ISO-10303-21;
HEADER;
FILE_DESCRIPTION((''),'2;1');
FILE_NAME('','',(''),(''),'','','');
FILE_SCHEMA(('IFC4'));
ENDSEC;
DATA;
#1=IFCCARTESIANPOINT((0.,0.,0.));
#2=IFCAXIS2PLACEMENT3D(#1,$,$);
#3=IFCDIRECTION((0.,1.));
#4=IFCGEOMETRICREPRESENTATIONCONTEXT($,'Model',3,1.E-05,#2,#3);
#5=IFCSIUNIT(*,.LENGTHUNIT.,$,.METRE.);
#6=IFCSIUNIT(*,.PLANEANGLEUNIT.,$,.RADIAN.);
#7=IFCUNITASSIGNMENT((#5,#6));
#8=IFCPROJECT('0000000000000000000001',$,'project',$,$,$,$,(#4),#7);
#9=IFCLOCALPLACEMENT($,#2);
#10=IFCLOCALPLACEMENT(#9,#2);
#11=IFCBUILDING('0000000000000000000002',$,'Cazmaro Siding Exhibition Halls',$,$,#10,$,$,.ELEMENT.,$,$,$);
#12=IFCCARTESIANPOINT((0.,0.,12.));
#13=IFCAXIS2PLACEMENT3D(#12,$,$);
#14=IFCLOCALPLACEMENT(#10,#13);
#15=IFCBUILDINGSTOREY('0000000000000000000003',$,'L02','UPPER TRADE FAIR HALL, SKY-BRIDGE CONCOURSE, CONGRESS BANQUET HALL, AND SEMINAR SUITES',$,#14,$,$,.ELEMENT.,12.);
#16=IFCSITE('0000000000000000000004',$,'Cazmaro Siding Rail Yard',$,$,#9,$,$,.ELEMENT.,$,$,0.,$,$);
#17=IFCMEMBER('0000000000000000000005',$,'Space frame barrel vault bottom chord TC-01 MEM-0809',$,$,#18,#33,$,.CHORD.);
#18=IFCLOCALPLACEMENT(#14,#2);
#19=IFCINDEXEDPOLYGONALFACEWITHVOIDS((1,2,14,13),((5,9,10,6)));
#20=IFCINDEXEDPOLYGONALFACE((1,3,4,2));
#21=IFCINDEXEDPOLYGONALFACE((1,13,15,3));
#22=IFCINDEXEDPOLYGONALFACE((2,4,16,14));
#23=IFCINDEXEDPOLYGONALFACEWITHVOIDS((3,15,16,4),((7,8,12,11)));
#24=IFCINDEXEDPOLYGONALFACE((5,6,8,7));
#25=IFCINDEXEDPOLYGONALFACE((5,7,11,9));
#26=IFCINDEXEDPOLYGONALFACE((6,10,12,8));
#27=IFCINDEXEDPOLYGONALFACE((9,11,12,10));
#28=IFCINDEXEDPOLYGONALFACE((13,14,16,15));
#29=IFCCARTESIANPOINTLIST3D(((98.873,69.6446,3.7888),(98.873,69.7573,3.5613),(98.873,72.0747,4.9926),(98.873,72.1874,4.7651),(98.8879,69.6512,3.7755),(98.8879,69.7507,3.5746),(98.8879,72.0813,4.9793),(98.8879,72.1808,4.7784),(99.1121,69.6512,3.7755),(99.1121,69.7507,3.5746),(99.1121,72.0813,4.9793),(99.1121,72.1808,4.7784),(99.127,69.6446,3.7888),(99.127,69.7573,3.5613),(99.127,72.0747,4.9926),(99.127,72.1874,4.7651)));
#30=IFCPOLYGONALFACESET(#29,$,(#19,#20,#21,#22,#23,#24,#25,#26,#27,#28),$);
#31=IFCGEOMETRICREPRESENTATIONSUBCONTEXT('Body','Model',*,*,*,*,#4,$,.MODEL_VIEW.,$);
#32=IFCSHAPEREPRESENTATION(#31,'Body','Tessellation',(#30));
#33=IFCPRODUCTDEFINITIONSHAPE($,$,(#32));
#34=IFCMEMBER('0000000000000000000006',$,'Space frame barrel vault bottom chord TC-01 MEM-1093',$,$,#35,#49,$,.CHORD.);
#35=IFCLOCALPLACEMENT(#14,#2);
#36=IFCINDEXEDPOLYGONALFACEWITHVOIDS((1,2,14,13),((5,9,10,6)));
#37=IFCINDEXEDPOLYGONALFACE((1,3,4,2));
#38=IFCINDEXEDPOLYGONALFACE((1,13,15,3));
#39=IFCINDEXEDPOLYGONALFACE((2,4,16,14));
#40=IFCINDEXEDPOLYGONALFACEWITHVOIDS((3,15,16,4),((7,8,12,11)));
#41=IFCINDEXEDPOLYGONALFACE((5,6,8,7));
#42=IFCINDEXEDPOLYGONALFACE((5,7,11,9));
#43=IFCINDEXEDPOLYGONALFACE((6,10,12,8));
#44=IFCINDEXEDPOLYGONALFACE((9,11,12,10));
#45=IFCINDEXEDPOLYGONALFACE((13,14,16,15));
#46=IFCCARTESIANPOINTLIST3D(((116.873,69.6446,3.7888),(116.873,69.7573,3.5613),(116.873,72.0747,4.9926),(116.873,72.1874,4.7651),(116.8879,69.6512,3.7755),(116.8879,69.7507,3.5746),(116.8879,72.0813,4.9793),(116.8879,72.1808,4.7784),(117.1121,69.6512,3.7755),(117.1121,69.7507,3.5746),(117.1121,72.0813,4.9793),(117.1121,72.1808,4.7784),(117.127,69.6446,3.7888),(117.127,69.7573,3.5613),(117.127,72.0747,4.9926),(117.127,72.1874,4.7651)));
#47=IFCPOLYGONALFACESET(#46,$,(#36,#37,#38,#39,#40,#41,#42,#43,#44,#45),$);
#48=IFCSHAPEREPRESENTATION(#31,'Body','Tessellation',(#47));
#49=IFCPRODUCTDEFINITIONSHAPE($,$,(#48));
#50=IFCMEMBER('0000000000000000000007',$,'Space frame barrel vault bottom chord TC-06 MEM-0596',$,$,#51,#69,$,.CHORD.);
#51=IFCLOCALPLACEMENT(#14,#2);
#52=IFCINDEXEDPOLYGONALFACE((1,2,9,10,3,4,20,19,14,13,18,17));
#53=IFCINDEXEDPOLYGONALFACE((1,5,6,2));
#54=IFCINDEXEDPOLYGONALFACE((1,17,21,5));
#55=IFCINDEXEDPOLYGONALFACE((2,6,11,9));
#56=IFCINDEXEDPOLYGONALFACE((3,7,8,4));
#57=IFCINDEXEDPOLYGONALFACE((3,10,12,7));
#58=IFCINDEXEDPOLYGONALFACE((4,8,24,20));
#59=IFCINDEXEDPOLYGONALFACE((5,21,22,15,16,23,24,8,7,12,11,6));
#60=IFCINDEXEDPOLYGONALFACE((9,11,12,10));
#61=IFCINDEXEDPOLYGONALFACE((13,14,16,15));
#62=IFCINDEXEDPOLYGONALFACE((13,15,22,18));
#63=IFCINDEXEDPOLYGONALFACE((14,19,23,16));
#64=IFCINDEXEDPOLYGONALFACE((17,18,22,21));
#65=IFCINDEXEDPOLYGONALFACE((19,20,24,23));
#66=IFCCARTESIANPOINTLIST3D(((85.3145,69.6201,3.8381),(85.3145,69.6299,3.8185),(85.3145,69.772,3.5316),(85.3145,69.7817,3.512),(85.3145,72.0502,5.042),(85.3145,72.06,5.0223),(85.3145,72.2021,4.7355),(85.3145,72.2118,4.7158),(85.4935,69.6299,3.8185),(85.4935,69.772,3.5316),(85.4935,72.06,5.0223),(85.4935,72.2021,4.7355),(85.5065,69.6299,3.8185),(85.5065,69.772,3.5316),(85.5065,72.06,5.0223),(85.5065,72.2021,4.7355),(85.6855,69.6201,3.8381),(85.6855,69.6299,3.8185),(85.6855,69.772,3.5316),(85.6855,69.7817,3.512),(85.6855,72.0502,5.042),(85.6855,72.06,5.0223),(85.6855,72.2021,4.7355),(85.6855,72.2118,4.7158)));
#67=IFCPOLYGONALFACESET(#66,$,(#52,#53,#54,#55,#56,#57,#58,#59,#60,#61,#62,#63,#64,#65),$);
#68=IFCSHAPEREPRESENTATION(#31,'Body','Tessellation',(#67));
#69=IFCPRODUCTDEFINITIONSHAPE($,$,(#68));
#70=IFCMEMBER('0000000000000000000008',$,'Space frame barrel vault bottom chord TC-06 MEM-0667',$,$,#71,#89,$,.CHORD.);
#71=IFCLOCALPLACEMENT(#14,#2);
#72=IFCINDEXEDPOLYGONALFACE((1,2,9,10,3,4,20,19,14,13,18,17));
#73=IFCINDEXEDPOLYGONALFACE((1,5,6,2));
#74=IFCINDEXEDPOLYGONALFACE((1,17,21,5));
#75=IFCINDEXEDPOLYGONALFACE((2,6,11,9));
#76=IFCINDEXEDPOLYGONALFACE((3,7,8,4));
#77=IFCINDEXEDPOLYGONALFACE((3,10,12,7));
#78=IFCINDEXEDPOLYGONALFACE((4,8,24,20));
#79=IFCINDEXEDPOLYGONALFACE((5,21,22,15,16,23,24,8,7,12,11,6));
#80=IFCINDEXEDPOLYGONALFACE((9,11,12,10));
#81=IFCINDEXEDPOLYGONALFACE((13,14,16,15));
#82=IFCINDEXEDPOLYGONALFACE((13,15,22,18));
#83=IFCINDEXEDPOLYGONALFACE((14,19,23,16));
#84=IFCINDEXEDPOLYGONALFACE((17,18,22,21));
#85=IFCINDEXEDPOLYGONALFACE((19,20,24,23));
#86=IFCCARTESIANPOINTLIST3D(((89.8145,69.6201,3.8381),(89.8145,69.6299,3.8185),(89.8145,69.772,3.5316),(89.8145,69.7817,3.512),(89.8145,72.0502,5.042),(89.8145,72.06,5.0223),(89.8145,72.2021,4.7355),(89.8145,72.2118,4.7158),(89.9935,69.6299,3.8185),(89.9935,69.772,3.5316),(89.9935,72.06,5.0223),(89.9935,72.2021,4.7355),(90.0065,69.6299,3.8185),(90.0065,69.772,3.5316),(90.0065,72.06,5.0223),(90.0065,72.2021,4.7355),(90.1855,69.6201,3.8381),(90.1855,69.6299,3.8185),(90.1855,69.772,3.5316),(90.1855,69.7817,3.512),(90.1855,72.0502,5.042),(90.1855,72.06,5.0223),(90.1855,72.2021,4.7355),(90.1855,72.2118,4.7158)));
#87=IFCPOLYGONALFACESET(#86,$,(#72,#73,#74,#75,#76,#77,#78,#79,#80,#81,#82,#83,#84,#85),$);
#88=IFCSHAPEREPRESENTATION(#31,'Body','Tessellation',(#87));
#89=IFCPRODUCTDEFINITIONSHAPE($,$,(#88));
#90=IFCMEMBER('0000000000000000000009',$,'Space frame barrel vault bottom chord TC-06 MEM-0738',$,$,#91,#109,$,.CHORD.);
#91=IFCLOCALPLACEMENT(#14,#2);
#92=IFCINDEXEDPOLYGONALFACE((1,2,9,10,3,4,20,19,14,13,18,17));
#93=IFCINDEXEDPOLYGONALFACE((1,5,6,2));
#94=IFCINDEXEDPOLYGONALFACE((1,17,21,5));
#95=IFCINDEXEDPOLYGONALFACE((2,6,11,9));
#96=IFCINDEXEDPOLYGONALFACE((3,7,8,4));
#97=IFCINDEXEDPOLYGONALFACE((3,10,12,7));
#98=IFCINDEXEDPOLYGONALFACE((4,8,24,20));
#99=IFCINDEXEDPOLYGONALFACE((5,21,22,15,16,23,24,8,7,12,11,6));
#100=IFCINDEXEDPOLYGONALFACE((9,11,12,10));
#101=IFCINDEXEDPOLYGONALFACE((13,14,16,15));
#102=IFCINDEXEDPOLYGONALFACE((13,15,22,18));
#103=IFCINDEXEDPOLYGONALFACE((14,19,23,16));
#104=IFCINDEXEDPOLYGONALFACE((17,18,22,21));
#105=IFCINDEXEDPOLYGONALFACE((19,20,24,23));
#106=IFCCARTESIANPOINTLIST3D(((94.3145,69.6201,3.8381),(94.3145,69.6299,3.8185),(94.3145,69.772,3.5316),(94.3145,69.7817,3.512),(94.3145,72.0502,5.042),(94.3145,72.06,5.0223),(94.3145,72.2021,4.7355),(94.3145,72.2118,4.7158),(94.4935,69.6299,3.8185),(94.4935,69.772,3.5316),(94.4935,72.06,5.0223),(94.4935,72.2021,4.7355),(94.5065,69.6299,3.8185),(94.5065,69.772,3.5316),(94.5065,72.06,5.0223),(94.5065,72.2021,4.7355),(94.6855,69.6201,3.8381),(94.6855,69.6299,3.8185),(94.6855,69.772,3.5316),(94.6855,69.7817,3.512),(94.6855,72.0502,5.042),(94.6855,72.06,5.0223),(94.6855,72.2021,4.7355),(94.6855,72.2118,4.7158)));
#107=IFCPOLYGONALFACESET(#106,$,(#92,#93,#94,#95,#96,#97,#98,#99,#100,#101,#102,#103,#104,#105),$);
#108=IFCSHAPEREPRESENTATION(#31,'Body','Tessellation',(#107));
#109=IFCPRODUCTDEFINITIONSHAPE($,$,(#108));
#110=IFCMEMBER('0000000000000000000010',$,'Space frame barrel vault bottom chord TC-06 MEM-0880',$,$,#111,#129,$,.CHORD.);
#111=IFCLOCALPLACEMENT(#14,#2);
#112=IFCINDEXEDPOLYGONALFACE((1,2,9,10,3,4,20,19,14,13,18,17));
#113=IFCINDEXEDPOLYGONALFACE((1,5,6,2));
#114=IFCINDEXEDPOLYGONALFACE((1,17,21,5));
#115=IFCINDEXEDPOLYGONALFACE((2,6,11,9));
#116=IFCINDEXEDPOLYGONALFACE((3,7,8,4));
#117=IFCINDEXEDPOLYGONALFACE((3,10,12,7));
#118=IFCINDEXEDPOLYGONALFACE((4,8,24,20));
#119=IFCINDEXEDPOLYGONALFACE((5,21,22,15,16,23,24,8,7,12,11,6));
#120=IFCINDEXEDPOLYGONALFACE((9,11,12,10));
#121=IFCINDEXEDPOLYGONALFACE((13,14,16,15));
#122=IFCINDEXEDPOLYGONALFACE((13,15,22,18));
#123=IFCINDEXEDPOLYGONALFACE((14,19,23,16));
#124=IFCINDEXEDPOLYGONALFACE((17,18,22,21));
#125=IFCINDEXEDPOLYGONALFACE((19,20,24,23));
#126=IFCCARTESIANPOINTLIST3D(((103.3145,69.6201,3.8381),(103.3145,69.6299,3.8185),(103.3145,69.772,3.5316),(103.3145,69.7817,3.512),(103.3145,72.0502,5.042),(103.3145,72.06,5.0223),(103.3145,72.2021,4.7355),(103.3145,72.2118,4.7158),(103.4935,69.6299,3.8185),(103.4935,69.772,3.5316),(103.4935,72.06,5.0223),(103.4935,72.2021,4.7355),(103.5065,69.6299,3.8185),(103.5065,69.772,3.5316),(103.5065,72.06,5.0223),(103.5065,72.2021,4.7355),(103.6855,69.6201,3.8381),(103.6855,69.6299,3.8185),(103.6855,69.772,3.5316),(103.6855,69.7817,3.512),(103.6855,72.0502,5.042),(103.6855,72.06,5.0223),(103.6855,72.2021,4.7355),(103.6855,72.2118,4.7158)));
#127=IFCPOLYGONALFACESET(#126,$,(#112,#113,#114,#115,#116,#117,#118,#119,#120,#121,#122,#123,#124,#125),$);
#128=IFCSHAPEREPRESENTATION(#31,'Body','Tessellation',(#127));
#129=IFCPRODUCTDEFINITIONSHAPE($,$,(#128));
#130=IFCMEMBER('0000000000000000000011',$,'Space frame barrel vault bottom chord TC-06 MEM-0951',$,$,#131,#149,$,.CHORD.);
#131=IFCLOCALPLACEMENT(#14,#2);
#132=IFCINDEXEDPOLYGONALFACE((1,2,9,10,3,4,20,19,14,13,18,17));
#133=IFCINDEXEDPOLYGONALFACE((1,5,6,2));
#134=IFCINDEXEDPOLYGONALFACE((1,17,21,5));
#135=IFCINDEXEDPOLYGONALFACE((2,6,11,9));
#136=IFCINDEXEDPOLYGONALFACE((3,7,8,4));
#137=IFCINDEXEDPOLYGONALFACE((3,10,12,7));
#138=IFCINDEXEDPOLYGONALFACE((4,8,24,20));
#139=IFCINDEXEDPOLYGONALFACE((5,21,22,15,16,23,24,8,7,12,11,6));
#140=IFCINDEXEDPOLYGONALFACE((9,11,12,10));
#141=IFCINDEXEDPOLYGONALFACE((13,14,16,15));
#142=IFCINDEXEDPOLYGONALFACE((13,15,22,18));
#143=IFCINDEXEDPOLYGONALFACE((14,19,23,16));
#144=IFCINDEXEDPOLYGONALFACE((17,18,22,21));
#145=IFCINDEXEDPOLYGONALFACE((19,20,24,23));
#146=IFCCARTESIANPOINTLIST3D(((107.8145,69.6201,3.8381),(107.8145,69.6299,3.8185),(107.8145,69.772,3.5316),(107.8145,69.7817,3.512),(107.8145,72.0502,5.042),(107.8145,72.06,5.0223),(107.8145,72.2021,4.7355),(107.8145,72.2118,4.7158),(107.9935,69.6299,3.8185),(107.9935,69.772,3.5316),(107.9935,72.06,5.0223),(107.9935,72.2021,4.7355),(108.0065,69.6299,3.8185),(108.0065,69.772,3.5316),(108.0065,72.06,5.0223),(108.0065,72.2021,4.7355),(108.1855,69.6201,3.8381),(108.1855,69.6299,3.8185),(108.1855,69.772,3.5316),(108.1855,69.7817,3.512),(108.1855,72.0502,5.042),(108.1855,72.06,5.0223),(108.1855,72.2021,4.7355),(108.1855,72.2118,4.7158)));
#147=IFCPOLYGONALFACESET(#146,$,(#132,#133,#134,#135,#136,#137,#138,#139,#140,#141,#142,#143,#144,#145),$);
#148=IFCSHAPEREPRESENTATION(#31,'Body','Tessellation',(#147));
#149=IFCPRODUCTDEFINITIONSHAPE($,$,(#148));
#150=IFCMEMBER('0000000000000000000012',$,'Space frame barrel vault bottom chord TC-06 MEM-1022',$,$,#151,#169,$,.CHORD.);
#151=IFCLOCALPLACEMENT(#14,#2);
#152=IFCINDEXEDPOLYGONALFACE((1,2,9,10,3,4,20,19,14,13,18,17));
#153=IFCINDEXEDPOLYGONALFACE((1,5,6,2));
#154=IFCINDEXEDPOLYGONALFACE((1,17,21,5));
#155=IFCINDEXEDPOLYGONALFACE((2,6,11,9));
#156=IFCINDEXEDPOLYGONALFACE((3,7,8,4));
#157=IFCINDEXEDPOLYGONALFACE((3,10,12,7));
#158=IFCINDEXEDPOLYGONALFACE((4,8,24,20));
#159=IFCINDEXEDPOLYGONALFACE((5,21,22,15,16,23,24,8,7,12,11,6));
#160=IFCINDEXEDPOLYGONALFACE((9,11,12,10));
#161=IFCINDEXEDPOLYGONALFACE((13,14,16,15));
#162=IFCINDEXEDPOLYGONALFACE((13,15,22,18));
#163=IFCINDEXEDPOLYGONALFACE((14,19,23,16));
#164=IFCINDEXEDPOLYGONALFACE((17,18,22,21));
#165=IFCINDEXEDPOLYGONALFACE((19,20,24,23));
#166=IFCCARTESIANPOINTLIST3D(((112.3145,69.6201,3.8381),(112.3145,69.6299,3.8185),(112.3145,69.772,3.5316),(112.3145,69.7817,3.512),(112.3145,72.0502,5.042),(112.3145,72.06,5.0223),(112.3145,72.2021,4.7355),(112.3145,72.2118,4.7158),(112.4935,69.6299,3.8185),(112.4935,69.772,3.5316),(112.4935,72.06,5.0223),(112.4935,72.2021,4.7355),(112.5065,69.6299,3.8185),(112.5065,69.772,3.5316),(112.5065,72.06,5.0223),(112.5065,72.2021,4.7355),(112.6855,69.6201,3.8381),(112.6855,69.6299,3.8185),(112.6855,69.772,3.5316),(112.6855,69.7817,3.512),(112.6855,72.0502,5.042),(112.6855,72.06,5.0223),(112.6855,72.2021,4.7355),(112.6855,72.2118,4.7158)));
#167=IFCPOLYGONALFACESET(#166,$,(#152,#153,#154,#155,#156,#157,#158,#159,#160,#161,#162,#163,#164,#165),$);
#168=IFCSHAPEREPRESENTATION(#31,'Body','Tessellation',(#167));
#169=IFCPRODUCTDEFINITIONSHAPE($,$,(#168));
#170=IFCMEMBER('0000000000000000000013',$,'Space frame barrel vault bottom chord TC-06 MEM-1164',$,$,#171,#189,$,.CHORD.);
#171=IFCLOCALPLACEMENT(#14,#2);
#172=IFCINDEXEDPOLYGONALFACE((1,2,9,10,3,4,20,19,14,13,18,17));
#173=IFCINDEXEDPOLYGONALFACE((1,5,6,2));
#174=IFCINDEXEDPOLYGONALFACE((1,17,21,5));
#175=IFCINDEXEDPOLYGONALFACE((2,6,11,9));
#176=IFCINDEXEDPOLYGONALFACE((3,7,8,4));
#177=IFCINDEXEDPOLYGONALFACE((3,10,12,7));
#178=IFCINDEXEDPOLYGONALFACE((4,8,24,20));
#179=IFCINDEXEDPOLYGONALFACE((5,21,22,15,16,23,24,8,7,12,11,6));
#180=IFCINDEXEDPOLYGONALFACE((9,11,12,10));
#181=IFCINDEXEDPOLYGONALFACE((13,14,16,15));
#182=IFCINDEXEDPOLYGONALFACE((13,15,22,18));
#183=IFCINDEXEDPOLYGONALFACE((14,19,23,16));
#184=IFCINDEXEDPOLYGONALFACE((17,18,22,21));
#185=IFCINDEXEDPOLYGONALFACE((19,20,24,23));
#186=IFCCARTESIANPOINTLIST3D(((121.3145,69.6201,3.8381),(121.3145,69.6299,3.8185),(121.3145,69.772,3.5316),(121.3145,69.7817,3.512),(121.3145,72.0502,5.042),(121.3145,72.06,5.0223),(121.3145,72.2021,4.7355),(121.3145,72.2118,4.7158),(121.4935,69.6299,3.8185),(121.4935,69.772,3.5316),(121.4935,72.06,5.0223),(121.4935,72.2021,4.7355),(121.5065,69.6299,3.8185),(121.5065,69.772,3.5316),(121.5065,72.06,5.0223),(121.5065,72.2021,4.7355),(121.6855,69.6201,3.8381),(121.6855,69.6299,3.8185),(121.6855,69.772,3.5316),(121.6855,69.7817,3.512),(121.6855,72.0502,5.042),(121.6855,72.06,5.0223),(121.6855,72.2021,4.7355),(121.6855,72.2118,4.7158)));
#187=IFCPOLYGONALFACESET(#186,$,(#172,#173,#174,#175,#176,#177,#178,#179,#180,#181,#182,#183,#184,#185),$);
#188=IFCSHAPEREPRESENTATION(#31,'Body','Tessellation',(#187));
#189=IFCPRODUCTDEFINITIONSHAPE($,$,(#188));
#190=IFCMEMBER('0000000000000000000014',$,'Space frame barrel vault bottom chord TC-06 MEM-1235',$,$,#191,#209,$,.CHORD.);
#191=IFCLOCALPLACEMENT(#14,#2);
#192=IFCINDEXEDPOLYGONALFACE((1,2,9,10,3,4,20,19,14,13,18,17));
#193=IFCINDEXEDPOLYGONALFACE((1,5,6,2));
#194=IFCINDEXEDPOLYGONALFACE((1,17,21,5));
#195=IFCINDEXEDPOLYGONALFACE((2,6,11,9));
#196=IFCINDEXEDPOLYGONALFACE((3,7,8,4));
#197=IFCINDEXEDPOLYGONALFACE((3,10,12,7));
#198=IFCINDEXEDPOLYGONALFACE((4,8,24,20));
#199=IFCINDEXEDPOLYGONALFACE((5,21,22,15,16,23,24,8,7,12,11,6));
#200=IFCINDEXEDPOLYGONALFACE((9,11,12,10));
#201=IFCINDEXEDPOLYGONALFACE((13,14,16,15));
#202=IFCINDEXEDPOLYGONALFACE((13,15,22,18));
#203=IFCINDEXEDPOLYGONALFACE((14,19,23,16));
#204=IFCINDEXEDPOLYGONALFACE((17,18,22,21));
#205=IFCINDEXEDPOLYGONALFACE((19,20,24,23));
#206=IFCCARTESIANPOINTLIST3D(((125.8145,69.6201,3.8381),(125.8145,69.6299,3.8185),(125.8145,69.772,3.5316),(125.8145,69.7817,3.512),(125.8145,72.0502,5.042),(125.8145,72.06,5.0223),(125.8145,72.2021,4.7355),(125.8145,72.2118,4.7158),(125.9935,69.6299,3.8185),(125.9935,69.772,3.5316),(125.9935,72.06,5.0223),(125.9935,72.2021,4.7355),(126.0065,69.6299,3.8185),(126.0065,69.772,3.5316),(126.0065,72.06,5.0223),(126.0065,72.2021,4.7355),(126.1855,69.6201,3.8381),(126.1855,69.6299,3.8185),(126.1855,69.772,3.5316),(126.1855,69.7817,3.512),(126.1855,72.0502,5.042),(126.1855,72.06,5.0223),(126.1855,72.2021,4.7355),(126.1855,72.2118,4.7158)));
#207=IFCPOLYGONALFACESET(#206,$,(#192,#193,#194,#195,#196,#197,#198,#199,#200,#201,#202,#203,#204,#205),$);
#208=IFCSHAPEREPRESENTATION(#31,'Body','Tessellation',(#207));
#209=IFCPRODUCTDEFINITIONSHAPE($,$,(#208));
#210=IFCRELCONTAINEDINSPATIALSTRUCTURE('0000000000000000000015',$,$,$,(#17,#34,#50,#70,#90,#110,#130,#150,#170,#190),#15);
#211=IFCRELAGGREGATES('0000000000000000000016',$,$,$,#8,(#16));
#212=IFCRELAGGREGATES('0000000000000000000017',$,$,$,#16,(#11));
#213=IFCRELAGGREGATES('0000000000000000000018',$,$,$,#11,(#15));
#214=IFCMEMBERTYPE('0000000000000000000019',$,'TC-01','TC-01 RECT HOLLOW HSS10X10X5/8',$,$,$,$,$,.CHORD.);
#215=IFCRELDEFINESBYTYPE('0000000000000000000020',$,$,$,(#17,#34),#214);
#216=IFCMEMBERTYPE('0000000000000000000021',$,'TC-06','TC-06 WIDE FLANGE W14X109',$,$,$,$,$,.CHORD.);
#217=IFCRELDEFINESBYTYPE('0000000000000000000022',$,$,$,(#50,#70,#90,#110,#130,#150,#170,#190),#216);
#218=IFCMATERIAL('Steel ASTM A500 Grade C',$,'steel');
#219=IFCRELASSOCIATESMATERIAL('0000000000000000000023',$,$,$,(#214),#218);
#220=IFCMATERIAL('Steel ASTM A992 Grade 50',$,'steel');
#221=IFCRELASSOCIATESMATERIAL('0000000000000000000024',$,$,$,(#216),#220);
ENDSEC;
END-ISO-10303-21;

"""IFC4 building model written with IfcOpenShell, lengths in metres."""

from ifc_helpers import new_model, si_unit, direction, frame, origin, origin_2d, place, context, subcontext, project, spatial, hollow_rectangle, i_section, extrude, material, material_profile, profile_set, type_object, element, save


model = new_model("IFC4")

# Units and contexts
model_context = context("Model", 3, precision=1e-05, world=origin(), true_north=direction((0.0, 1.0)))
body_context = subcontext(model_context, "Body", "Model", "MODEL_VIEW")
ifc_project = project(units=[si_unit("LENGTHUNIT", "METRE"), si_unit("PLANEANGLEUNIT", "RADIAN")], contexts=[model_context])

# Site, building, storey
site_placement = place(None, origin())
site = spatial("IfcSite", under=ifc_project, at=site_placement, Name="Cazmaro Siding Rail Yard", CompositionType="ELEMENT", RefElevation=0.0)
building_placement = place(site_placement, origin())
building = spatial("IfcBuilding", under=site, at=building_placement, Name="Cazmaro Siding Exhibition Halls", CompositionType="ELEMENT")
storey_placement = place(building_placement, frame((0.0, 0.0, 12.0)))
storey = spatial("IfcBuildingStorey", under=building, at=storey_placement, Name="L02", Description="UPPER TRADE FAIR HALL, SKY-BRIDGE CONCOURSE, CONGRESS BANQUET HALL, AND SEMINAR SUITES", CompositionType="ELEMENT", Elevation=12.0)

# Members
ifc_material_1 = material(Name="Steel ASTM A500 Grade C", Category="steel")
ifc_material_profile_1 = material_profile(ifc_material_1, hollow_rectangle(XDim=0.2539, YDim=0.2539, WallThickness=0.0149, at=origin_2d()), Name="HSS10X10X5/8")
ifc_profile_set_1 = profile_set([ifc_material_profile_1], Name="Steel ASTM A500 Grade C")
member_type_1 = type_object("IfcMemberType", Name="TC-01", Description="TC-01 RECT HOLLOW HSS10X10X5/8", PredefinedType="CHORD", material=ifc_profile_set_1)
for number, where, z_axis, x_axis, name in (
    (1, (99.0, 69.7009, 3.675), (0.0, 0.896077, 0.443898), (-1.0, 0.0, 0.0), "Space frame barrel vault bottom chord TC-01 MEM-0809"),
    (2, (117.0, 69.7009, 3.675), (0.0, 0.896077, 0.443898), (-1.0, 0.0, 0.0), "Space frame barrel vault bottom chord TC-01 MEM-1093"),
):
    element("IfcMember", number, at=place(storey_placement, frame(where, z_axis=z_axis, x_axis=x_axis)), inside=storey, type_object=member_type_1, Name=name, PredefinedType="CHORD", context=body_context, shape_type="SweptSolid", body=[
        extrude(hollow_rectangle(XDim=0.2539, YDim=0.2539, WallThickness=0.0149, at=origin_2d()), origin(), (0.0, 0.0, 1.0), 2.7119),
    ])
ifc_material_2 = material(Name="Steel ASTM A992 Grade 50", Category="steel")
ifc_material_profile_2 = material_profile(ifc_material_2, i_section(OverallWidth=0.3711, OverallDepth=0.364, WebThickness=0.0129, FlangeThickness=0.022, at=origin_2d()), Name="W14X109")
ifc_profile_set_2 = profile_set([ifc_material_profile_2], Name="Steel ASTM A992 Grade 50")
member_type_2 = type_object("IfcMemberType", Name="TC-06", Description="TC-06 WIDE FLANGE W14X109", PredefinedType="CHORD", material=ifc_profile_set_2)
for number, where, z_axis, x_axis, name in (
    (3, (85.5, 69.7009, 3.675), (0.0, 0.896077, 0.443898), (-1.0, 0.0, 0.0), "Space frame barrel vault bottom chord TC-06 MEM-0596"),
    (4, (90.0, 69.7009, 3.675), (0.0, 0.896077, 0.443898), (-1.0, 0.0, 0.0), "Space frame barrel vault bottom chord TC-06 MEM-0667"),
    (5, (94.5, 69.7009, 3.675), (0.0, 0.896077, 0.443898), (-1.0, 0.0, 0.0), "Space frame barrel vault bottom chord TC-06 MEM-0738"),
    (6, (103.5, 69.7009, 3.675), (0.0, 0.896077, 0.443898), (-1.0, 0.0, 0.0), "Space frame barrel vault bottom chord TC-06 MEM-0880"),
    (7, (108.0, 69.7009, 3.675), (0.0, 0.896077, 0.443898), (-1.0, 0.0, 0.0), "Space frame barrel vault bottom chord TC-06 MEM-0951"),
    (8, (112.5, 69.7009, 3.675), (0.0, 0.896077, 0.443898), (-1.0, 0.0, 0.0), "Space frame barrel vault bottom chord TC-06 MEM-1022"),
    (9, (121.5, 69.7009, 3.675), (0.0, 0.896077, 0.443898), (-1.0, 0.0, 0.0), "Space frame barrel vault bottom chord TC-06 MEM-1164"),
    (10, (126.0, 69.7009, 3.675), (0.0, 0.896077, 0.443898), (-1.0, 0.0, 0.0), "Space frame barrel vault bottom chord TC-06 MEM-1235"),
):
    element("IfcMember", number, at=place(storey_placement, frame(where, z_axis=z_axis, x_axis=x_axis)), inside=storey, type_object=member_type_2, Name=name, PredefinedType="CHORD", context=body_context, shape_type="SweptSolid", body=[
        extrude(i_section(OverallWidth=0.3711, OverallDepth=0.364, WebThickness=0.0129, FlangeThickness=0.022, at=origin_2d()), origin(), (0.0, 0.0, 1.0), 2.7119),
    ])

save(model, "model.ifc")
